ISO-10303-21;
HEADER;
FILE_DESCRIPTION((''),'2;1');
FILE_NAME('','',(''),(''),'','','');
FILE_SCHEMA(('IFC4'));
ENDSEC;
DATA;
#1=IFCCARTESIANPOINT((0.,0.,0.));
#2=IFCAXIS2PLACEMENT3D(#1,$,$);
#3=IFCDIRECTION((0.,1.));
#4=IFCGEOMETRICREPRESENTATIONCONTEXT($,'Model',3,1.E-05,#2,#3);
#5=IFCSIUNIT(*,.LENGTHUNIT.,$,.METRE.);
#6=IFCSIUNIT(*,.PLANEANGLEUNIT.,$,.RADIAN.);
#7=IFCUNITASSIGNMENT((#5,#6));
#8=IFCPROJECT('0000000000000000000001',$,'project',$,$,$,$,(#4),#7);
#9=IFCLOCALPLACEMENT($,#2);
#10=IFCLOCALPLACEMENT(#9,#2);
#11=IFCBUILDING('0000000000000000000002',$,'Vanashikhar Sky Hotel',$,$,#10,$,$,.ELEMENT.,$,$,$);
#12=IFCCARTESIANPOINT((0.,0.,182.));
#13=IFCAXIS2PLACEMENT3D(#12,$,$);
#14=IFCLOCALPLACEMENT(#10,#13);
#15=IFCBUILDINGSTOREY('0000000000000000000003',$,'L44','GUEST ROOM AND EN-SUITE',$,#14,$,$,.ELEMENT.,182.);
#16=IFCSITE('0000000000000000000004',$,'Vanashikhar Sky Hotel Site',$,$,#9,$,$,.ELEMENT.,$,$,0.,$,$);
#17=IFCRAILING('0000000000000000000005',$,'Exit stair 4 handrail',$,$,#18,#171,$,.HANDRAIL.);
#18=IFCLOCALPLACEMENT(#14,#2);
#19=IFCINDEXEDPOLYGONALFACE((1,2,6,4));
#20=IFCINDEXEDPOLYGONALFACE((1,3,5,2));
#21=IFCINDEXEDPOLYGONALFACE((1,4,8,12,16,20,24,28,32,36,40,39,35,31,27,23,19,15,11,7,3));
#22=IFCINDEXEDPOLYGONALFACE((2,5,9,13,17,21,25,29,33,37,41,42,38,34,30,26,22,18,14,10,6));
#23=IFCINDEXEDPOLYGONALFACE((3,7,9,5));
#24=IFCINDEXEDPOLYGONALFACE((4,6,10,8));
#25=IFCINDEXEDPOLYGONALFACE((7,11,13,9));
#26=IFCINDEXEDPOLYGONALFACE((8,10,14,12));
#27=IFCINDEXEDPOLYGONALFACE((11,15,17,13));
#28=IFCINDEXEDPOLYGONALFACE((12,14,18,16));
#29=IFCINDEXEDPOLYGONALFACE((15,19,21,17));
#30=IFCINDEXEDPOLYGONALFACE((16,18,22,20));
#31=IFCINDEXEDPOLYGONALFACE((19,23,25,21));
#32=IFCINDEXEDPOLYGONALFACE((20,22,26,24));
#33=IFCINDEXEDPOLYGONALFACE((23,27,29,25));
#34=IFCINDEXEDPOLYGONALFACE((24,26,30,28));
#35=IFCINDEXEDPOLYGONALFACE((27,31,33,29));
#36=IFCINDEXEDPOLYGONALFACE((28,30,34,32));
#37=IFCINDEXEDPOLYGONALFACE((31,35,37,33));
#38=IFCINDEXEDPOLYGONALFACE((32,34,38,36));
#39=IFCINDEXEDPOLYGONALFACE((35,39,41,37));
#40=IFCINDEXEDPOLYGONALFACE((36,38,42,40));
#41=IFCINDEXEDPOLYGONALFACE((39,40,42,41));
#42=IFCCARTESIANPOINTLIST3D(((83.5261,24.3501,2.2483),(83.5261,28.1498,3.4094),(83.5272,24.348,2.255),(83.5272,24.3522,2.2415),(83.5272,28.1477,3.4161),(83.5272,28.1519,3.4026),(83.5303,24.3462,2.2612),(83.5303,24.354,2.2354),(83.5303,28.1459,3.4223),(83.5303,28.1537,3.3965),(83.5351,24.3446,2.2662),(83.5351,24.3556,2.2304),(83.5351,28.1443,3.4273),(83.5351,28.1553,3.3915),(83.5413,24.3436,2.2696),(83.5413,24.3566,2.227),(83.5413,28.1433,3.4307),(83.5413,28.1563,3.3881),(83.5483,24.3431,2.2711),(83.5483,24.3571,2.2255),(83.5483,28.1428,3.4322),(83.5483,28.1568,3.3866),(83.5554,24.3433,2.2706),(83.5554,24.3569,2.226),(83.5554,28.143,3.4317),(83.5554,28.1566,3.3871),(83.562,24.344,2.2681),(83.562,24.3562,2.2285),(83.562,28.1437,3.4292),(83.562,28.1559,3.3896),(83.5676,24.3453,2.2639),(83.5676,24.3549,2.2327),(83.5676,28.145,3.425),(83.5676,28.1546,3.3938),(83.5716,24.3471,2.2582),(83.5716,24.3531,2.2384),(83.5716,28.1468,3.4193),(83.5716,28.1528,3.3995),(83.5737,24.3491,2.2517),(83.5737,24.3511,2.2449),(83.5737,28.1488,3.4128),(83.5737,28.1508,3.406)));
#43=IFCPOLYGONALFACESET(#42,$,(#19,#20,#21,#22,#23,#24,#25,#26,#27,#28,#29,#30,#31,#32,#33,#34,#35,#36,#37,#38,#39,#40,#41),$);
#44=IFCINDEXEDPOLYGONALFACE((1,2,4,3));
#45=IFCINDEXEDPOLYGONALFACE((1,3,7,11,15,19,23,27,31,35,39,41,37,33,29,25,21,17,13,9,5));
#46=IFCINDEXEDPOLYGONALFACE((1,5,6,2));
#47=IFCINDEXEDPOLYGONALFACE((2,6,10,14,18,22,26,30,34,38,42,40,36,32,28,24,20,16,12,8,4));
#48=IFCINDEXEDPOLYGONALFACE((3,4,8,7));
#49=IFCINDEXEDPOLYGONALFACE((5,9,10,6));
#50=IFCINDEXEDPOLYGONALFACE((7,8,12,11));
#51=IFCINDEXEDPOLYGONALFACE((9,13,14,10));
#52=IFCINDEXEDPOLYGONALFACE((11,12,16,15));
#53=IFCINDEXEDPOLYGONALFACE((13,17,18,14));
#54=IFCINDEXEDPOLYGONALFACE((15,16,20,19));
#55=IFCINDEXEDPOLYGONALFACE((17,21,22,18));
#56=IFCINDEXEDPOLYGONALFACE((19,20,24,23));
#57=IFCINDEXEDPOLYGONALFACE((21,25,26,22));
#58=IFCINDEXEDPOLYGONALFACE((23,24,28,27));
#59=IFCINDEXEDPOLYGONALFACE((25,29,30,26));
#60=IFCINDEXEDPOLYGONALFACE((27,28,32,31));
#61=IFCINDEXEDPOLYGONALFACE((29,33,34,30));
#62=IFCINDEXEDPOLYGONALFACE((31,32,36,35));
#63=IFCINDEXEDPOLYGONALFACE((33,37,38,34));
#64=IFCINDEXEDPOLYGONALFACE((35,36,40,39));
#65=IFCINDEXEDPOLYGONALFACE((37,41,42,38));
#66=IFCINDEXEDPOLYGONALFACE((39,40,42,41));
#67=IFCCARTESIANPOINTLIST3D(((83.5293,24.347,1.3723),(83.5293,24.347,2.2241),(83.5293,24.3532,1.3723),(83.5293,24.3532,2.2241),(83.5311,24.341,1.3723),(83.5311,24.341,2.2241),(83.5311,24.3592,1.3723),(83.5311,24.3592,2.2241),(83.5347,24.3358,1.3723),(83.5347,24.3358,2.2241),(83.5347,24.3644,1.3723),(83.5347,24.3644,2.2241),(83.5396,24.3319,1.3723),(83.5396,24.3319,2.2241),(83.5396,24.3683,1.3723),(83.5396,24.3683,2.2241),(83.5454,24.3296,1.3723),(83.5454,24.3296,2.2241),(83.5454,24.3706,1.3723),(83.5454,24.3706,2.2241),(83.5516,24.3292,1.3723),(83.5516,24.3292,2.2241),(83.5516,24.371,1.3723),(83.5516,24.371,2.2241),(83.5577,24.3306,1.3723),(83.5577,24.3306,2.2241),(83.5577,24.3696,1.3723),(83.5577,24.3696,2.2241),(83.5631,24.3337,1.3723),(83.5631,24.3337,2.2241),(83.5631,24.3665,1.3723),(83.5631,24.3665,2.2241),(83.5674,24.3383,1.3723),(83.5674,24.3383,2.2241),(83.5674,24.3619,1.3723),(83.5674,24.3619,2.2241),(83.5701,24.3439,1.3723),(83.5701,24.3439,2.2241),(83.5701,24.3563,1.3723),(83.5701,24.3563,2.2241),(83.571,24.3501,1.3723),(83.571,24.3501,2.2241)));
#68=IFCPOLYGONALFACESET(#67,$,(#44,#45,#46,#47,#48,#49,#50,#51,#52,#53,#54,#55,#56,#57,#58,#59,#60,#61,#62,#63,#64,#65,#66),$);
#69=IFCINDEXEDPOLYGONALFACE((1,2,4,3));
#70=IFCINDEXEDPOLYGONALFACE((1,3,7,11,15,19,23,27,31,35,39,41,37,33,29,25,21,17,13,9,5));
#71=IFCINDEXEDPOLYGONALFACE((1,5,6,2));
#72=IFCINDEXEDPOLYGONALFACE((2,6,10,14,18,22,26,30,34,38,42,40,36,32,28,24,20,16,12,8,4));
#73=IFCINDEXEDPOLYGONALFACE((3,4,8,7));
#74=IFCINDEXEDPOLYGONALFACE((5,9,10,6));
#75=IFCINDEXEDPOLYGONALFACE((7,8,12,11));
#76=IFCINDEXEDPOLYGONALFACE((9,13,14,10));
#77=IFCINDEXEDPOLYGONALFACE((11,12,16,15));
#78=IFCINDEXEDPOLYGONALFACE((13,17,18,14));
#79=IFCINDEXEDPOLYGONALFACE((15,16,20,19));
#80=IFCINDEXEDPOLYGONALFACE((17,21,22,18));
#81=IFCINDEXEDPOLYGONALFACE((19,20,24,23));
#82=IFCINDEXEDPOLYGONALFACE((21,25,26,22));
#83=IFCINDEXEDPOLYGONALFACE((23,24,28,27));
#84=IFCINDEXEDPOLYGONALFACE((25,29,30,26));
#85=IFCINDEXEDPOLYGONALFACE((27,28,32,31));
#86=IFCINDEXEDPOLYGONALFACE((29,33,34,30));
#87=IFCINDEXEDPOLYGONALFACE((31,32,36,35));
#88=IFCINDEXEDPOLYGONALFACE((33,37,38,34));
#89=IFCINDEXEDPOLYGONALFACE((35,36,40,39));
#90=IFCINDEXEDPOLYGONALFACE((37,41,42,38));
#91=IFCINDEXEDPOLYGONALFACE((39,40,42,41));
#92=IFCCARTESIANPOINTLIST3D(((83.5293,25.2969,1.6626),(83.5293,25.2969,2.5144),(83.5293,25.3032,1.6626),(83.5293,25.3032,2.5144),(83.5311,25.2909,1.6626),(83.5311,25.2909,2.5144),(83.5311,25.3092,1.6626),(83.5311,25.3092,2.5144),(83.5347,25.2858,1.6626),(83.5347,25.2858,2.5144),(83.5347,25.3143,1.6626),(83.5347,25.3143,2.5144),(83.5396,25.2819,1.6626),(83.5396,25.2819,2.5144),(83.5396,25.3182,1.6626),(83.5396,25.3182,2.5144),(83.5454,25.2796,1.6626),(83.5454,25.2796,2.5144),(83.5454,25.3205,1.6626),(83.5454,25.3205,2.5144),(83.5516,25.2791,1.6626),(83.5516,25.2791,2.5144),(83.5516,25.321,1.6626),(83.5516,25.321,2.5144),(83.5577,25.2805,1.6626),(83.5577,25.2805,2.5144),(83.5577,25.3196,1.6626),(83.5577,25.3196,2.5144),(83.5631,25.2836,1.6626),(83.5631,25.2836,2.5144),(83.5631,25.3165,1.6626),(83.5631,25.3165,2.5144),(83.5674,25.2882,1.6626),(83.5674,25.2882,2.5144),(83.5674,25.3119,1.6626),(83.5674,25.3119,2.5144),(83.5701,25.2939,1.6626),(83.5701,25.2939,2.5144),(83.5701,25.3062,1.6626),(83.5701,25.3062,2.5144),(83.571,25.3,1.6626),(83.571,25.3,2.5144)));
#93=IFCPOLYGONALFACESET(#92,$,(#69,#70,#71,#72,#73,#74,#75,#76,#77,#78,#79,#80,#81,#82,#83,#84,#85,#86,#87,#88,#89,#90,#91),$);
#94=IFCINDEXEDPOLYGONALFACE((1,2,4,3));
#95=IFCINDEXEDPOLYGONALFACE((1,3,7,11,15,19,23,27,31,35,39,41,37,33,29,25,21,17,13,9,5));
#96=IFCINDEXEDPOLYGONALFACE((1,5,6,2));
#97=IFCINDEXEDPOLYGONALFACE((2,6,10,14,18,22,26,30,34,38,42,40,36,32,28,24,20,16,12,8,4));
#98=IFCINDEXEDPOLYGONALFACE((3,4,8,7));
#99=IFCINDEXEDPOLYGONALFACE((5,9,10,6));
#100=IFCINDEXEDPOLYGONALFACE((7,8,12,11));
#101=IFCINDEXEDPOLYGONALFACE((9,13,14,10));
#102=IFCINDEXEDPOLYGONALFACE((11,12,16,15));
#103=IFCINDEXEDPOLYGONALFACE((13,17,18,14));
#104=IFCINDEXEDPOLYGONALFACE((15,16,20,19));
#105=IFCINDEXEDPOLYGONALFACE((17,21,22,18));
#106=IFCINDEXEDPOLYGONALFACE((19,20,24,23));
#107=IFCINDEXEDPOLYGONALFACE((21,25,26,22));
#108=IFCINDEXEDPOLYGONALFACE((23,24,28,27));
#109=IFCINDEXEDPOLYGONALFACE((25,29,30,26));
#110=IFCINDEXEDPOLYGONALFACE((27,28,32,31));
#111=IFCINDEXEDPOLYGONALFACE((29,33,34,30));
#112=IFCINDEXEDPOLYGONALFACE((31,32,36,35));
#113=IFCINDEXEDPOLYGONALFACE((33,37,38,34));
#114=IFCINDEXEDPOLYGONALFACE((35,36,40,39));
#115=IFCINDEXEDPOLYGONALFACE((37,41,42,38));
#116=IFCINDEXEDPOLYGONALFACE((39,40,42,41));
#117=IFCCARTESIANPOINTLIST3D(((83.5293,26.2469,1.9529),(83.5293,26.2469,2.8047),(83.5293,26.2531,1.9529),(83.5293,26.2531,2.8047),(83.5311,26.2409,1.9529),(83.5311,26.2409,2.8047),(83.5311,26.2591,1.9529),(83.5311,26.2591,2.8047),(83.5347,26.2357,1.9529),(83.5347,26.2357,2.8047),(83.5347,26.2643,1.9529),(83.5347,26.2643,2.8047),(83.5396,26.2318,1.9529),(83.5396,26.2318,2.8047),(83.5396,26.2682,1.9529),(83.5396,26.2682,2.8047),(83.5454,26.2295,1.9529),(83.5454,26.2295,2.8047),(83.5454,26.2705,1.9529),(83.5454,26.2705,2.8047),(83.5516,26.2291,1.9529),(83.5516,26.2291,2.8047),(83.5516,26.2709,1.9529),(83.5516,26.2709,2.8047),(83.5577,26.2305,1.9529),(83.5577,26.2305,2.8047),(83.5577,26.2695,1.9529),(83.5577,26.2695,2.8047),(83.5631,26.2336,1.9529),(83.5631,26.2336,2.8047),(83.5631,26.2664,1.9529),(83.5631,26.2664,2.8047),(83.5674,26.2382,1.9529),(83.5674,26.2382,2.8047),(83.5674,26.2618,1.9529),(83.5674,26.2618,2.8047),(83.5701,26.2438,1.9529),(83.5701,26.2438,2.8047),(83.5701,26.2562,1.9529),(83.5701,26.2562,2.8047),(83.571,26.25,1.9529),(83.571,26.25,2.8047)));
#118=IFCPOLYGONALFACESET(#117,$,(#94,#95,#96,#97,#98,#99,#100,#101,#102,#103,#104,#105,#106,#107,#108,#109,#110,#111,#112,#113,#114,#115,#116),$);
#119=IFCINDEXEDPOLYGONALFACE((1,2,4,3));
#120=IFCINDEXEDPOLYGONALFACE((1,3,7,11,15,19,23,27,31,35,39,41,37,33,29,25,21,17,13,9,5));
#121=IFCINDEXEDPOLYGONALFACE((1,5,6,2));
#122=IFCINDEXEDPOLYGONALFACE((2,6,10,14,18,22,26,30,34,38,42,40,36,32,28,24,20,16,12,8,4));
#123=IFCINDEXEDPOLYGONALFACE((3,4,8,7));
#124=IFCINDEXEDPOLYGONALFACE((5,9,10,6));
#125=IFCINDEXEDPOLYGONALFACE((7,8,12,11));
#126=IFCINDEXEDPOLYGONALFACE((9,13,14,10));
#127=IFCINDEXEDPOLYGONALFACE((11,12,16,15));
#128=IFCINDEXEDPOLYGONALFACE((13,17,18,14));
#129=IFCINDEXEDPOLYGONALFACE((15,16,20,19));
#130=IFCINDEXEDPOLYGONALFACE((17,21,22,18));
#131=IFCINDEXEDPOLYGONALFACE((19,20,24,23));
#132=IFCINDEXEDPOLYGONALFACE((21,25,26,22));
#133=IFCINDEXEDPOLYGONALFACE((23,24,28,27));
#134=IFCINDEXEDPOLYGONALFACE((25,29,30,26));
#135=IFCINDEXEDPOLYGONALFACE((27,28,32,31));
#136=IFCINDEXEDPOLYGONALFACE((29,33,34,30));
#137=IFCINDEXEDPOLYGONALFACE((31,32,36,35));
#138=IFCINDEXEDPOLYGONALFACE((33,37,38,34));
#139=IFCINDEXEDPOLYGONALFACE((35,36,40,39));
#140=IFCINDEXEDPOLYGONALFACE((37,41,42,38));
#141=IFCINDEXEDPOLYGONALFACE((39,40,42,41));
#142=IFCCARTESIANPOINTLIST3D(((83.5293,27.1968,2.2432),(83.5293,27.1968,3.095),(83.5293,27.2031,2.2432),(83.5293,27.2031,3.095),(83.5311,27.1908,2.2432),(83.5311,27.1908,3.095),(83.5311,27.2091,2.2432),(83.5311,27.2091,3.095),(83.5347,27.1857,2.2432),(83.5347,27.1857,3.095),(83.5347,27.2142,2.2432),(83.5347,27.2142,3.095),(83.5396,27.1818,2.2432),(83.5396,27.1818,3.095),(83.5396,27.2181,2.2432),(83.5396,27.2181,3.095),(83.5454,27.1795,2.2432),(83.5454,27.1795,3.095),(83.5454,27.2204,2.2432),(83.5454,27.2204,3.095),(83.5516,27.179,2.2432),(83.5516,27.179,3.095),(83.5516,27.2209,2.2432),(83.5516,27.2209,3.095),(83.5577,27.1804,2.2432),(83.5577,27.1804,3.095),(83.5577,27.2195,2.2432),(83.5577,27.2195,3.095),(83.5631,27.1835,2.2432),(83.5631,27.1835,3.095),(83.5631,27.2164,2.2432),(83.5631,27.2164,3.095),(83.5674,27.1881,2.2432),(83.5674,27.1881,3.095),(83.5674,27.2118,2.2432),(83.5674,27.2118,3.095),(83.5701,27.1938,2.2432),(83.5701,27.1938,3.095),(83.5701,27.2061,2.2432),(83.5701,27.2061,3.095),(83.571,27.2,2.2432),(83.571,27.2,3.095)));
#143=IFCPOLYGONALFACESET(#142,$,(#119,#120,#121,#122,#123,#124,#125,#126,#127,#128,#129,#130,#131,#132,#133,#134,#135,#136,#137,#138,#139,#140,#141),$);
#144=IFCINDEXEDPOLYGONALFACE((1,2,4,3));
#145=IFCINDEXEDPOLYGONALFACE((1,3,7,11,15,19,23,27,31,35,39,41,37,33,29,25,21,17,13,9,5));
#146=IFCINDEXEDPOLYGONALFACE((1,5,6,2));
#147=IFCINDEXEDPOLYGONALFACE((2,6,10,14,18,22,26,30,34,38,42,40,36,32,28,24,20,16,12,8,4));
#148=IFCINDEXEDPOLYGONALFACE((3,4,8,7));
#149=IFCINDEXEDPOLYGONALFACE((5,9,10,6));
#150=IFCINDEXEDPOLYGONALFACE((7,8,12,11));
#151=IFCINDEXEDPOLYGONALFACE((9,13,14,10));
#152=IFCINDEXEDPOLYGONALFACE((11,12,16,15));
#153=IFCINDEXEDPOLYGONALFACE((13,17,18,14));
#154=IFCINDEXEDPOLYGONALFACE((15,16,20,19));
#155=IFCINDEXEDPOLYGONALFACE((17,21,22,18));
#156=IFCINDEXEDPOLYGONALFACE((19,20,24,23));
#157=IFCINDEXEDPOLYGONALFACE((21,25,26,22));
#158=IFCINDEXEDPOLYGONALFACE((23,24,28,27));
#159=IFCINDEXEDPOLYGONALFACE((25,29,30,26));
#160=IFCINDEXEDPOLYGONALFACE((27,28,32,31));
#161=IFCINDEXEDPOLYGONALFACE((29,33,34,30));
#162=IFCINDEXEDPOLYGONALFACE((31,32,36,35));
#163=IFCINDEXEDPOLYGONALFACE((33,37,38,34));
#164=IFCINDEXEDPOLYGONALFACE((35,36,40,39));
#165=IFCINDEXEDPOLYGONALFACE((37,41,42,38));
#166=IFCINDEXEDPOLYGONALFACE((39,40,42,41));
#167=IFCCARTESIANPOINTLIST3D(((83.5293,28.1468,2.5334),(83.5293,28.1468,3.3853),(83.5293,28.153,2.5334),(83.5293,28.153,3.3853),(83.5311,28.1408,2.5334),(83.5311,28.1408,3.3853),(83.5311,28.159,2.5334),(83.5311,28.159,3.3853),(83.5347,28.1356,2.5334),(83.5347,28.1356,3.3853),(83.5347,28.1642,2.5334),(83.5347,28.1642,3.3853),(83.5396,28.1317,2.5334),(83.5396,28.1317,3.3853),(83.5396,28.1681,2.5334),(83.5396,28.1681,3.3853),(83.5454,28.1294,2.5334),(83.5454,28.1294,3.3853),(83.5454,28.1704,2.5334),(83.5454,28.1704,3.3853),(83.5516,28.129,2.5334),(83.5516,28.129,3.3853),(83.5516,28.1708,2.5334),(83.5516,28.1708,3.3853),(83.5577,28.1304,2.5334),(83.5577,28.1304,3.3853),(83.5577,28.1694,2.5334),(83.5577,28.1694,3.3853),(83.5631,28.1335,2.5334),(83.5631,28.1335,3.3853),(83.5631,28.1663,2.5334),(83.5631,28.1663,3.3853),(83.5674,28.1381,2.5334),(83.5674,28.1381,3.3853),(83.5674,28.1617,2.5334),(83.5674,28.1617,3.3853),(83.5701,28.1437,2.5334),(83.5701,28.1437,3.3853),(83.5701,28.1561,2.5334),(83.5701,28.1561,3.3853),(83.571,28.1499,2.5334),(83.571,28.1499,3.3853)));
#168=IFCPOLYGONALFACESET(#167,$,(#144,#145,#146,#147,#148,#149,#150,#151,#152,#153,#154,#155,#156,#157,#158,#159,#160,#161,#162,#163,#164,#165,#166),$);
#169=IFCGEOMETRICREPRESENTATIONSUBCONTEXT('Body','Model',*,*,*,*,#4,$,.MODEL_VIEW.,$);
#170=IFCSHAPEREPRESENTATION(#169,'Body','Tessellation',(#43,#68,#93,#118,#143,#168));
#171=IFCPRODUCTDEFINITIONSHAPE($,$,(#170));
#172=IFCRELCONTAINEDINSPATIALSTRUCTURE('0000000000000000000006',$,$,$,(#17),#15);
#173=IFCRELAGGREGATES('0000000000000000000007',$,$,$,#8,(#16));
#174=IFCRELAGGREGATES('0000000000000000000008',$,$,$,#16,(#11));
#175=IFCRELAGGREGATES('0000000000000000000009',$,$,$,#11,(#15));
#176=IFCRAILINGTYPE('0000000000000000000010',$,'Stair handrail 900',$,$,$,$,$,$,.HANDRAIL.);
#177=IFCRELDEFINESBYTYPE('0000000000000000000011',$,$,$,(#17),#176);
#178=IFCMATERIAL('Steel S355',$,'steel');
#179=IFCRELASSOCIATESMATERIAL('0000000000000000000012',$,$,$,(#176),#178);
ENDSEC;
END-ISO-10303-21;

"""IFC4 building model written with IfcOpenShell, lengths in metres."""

from ifc_helpers import new_model, si_unit, direction, frame, origin, origin_2d, place, context, subcontext, project, spatial, circle, extrude, source, transform, mapped, material, type_object, element, save


model = new_model("IFC4")

# Units and contexts
model_context = context("Model", 3, precision=1e-05, world=origin(), true_north=direction((0.0, 1.0)))
body_context = subcontext(model_context, "Body", "Model", "MODEL_VIEW")
ifc_project = project(units=[si_unit("LENGTHUNIT", "METRE"), si_unit("PLANEANGLEUNIT", "RADIAN")], contexts=[model_context])

# Site, building, storey
site_placement = place(None, origin())
site = spatial("IfcSite", under=ifc_project, at=site_placement, Name="Vanashikhar Sky Hotel Site", CompositionType="ELEMENT", RefElevation=0.0)
building_placement = place(site_placement, origin())
building = spatial("IfcBuilding", under=site, at=building_placement, Name="Vanashikhar Sky Hotel", CompositionType="ELEMENT")
storey_placement = place(building_placement, frame((0.0, 0.0, 182.0)))
storey = spatial("IfcBuildingStorey", under=building, at=storey_placement, Name="L44", Description="GUEST ROOM AND EN-SUITE", CompositionType="ELEMENT", Elevation=182.0)

# Railing
ifc_material_1 = material(Name="Steel S355", Category="steel")
railing_type = type_object("IfcRailingType", Name="Stair handrail 900", PredefinedType="HANDRAIL", material=ifc_material_1)
shared_shape_1 = source(origin(), body_context, "Body", "SweptSolid", [
    extrude(circle(Radius=0.0239, at=origin_2d()), frame((0.0, 0.0, 0.876), z_axis=(0.0, 0.956346, 0.292237), x_axis=(-1.0, 0.0, 0.0)), (0.0, 0.0, 1.0), 3.9731),
    extrude(circle(Radius=0.021, at=origin_2d()), origin(), (0.0, 0.0, 1.0), 0.8518),
    extrude(circle(Radius=0.021, at=origin_2d()), frame((0.0, 0.95, 0.2903)), (0.0, 0.0, 1.0), 0.8518),
    extrude(circle(Radius=0.021, at=origin_2d()), frame((0.0, 1.8999, 0.5806)), (0.0, 0.0, 1.0), 0.8518),
    extrude(circle(Radius=0.021, at=origin_2d()), frame((0.0, 2.8499, 0.8708)), (0.0, 0.0, 1.0), 0.8518),
    extrude(circle(Radius=0.021, at=origin_2d()), frame((0.0, 3.7998, 1.1611)), (0.0, 0.0, 1.0), 0.8518),
])
railing_placement = place(storey_placement, frame((83.55, 24.3501, 1.3723)))
element("IfcRailing", 1, at=railing_placement, inside=storey, type_object=railing_type, Name="Exit stair 4 handrail", PredefinedType="HANDRAIL", context=body_context, shape_type="MappedRepresentation", body=[
    mapped(shared_shape_1, transform((0.0, 0.0, 0.0), scale=1.0)),
])

save(model, "model.ifc")
